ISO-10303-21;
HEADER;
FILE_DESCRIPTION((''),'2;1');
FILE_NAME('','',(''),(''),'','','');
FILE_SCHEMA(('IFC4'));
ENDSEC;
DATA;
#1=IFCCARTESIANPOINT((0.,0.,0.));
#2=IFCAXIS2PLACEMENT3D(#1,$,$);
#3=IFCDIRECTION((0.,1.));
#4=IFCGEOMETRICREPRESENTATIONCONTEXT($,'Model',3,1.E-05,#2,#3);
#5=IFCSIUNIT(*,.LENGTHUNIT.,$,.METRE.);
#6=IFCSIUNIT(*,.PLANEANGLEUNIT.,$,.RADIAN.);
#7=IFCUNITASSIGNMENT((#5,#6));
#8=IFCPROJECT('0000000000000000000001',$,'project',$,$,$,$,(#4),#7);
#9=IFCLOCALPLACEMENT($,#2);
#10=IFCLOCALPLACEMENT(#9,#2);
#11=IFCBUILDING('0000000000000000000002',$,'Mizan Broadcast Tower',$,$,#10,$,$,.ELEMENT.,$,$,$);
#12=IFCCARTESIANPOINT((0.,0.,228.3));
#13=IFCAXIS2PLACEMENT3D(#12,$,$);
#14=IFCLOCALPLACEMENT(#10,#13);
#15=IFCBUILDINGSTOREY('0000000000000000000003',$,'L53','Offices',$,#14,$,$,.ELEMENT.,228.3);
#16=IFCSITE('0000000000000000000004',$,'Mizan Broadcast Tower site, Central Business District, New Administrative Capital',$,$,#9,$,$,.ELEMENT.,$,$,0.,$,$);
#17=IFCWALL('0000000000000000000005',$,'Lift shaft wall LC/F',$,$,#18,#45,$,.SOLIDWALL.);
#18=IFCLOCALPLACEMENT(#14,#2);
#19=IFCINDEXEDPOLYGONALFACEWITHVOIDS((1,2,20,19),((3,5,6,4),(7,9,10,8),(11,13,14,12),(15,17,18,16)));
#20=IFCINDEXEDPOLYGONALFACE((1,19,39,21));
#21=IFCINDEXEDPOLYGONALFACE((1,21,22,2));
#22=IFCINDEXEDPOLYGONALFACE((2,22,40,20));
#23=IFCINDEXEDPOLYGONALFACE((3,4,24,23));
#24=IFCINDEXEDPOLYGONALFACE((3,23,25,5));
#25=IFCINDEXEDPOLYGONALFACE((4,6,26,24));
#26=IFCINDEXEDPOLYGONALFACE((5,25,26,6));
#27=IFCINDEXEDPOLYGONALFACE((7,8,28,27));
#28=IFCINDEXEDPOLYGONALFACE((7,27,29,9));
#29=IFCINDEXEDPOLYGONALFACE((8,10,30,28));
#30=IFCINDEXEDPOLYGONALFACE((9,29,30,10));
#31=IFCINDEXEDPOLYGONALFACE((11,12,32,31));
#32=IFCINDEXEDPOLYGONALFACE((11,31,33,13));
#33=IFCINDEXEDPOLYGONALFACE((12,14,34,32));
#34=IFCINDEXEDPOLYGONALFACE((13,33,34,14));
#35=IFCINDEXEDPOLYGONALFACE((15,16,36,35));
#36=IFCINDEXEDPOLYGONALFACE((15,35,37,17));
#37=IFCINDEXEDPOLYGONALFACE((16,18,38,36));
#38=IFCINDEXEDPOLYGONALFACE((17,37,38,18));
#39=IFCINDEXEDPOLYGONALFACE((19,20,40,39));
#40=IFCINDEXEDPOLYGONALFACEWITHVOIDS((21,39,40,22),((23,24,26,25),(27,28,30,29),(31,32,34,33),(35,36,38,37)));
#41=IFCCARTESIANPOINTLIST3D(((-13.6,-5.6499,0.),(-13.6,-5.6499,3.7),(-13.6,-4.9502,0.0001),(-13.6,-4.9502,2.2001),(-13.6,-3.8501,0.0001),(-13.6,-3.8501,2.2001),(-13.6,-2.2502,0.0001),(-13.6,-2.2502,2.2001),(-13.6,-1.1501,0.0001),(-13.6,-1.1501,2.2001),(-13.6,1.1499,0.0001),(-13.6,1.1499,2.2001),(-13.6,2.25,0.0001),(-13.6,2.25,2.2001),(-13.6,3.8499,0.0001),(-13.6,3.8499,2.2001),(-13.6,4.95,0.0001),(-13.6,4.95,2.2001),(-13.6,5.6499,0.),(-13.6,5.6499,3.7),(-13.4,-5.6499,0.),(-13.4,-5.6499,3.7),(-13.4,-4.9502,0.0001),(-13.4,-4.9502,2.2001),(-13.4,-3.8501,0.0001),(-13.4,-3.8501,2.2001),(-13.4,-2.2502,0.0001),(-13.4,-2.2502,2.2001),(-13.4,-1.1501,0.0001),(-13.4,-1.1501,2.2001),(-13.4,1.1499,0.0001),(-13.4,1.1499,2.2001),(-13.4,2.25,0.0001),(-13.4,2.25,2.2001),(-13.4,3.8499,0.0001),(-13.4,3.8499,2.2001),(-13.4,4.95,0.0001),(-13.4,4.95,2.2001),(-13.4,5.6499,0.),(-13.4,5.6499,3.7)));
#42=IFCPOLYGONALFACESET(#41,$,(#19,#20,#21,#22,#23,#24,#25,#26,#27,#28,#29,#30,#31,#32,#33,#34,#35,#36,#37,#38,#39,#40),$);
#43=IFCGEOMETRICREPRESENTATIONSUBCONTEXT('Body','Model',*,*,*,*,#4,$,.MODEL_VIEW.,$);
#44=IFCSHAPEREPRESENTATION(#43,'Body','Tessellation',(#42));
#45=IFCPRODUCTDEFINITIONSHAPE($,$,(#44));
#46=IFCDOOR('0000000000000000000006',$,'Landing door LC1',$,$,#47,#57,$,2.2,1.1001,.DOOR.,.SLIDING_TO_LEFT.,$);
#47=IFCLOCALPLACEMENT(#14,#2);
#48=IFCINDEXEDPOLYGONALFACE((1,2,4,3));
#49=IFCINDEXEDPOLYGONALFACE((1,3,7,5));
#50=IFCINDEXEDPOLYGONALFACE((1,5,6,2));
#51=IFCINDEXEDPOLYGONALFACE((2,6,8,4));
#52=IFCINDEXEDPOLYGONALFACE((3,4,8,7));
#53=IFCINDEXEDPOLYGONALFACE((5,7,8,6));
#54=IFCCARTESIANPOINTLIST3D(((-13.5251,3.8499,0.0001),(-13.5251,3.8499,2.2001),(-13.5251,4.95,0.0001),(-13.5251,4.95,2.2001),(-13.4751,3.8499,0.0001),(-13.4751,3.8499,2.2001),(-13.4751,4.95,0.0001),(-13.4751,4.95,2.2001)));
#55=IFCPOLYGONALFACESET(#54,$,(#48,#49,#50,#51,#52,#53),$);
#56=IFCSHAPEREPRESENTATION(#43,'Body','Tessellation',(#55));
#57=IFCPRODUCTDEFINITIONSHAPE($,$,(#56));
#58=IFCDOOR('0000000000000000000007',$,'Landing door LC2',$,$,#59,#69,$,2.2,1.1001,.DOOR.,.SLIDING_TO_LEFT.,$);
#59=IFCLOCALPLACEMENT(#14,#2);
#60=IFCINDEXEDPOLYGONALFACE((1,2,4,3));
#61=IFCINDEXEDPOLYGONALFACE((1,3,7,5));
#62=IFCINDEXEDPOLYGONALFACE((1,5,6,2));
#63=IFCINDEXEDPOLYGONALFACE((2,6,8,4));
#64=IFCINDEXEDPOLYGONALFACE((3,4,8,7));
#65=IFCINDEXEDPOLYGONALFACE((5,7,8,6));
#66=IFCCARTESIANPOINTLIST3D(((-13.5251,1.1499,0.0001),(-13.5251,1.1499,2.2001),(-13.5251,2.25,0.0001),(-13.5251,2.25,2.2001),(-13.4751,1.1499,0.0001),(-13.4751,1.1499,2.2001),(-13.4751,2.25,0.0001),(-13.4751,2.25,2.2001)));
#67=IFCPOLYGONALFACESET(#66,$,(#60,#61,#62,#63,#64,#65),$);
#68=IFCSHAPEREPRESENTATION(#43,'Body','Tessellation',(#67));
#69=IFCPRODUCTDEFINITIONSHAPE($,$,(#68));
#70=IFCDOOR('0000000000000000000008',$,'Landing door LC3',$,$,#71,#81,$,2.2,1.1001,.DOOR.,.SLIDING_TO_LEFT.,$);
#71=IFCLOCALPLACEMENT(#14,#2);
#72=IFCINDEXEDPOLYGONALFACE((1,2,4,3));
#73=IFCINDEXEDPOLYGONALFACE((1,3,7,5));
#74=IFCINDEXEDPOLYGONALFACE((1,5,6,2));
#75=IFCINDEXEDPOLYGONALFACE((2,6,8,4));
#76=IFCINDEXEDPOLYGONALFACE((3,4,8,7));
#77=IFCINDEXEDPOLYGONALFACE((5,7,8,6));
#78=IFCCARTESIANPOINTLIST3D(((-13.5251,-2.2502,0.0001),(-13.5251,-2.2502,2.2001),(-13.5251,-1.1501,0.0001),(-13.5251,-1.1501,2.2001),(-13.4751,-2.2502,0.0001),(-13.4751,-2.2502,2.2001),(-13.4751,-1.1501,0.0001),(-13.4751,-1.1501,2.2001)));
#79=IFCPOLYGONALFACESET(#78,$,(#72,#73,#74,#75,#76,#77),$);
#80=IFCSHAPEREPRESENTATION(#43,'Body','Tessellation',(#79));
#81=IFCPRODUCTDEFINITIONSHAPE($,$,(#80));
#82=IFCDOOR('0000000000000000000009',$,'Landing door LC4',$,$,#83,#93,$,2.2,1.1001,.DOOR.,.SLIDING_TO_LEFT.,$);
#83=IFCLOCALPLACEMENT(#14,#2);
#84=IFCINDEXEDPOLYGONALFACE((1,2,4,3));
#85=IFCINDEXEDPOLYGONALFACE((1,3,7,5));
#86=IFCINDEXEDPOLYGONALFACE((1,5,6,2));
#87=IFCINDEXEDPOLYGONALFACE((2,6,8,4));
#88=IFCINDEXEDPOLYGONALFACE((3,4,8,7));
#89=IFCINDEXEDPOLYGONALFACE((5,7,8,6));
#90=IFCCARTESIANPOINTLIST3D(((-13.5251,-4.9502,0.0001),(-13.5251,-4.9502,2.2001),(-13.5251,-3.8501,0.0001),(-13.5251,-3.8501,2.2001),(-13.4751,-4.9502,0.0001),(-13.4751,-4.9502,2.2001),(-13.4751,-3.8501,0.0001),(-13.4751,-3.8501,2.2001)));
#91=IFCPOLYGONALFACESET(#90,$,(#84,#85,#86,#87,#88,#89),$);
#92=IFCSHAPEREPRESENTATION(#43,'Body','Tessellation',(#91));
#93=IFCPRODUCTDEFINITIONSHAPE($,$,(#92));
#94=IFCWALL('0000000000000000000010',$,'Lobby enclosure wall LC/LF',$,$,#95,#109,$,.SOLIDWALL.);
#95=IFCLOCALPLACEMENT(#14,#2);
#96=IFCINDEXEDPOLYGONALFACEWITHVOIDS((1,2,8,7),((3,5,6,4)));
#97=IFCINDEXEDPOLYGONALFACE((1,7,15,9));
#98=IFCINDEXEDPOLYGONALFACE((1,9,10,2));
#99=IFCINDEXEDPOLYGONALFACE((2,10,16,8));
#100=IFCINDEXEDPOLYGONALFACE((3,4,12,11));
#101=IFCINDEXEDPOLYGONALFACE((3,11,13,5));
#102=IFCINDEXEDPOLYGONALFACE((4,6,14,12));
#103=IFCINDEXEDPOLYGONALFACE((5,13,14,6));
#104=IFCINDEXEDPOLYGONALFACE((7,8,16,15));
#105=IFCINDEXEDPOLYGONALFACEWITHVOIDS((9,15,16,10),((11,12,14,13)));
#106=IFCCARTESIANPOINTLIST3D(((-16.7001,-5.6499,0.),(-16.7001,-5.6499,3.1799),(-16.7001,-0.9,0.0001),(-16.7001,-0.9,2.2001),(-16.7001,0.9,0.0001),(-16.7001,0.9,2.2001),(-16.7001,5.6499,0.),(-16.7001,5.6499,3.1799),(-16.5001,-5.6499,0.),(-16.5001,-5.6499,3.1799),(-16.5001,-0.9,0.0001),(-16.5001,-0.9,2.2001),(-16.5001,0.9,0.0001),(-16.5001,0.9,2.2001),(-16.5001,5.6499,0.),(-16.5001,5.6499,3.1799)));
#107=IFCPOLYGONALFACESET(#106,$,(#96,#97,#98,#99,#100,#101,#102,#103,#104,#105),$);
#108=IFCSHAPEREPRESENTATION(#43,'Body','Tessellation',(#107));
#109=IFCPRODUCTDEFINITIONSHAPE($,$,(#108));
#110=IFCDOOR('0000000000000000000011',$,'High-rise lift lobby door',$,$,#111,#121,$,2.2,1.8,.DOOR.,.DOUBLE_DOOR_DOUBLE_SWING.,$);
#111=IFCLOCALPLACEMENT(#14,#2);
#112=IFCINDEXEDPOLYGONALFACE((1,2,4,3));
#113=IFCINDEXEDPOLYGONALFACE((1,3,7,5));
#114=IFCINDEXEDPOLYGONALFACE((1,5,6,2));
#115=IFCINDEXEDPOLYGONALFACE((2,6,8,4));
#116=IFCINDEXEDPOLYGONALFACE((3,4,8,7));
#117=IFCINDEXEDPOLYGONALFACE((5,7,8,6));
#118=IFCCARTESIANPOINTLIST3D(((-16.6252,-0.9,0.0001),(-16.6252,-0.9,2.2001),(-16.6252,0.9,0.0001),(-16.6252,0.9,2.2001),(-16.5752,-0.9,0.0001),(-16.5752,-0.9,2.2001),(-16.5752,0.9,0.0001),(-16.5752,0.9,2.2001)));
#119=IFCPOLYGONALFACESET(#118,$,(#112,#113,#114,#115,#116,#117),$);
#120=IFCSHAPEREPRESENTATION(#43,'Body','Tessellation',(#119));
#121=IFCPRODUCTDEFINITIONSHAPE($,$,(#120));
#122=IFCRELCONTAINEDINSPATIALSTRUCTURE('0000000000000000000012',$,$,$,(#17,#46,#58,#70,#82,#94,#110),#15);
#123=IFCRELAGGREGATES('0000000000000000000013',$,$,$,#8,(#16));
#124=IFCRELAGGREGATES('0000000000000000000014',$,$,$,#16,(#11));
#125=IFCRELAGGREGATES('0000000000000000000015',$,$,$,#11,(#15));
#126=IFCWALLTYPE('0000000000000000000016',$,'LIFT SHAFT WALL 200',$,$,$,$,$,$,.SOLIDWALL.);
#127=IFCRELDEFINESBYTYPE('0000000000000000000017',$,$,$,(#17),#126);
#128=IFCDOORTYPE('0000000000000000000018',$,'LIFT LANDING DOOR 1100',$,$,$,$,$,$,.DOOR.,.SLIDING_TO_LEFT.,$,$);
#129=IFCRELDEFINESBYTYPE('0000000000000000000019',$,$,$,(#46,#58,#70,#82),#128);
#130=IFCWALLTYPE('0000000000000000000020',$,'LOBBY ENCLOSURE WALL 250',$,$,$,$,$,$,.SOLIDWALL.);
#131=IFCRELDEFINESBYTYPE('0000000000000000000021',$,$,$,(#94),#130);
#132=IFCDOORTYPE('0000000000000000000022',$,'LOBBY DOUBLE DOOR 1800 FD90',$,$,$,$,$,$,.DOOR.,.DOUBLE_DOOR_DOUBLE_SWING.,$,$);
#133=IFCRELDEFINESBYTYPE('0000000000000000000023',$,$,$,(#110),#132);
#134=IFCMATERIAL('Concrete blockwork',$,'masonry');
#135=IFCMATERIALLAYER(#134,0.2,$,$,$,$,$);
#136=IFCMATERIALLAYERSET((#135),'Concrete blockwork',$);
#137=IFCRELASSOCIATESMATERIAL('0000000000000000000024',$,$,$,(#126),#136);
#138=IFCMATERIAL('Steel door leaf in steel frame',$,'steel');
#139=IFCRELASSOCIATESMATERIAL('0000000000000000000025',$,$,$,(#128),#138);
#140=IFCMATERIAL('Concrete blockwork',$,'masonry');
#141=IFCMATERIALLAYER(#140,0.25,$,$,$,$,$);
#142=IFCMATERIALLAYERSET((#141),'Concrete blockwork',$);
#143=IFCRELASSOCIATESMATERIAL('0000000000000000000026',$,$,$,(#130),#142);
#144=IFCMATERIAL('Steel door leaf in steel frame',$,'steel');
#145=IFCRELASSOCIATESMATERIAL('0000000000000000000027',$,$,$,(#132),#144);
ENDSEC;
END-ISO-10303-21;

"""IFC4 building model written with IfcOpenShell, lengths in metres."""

from ifc_helpers import new_model, si_unit, direction, frame, frame_2d, origin, place, context, subcontext, project, spatial, rectangle, extrude, material, layer, layer_set, type_object, element, fill, save


model = new_model("IFC4")

# Units and contexts
model_context = context("Model", 3, precision=1e-05, world=origin(), true_north=direction((0.0, 1.0)))
body_context = subcontext(model_context, "Body", "Model", "MODEL_VIEW")
ifc_project = project(units=[si_unit("LENGTHUNIT", "METRE"), si_unit("PLANEANGLEUNIT", "RADIAN")], contexts=[model_context])

# Site, building, storey
site_placement = place(None, origin())
site = spatial("IfcSite", under=ifc_project, at=site_placement, Name="Mizan Broadcast Tower site, Central Business District, New Administrative Capital", CompositionType="ELEMENT", RefElevation=0.0)
building_placement = place(site_placement, origin())
building = spatial("IfcBuilding", under=site, at=building_placement, Name="Mizan Broadcast Tower", CompositionType="ELEMENT")
storey_placement = place(building_placement, frame((0.0, 0.0, 228.3)))
storey = spatial("IfcBuildingStorey", under=building, at=storey_placement, Name="L53", Description="Offices", CompositionType="ELEMENT", Elevation=228.3)

# Wall, openings, doors
ifc_material_1 = material(Name="Concrete blockwork", Category="masonry")
ifc_layer_1 = layer(ifc_material_1, 0.2)
ifc_layer_set_1 = layer_set([ifc_layer_1], Name="Concrete blockwork")
wall_type_1 = type_object("IfcWallType", Name="LIFT SHAFT WALL 200", PredefinedType="SOLIDWALL", material=ifc_layer_set_1)
wall_1_placement = place(storey_placement, frame((-13.5, 5.6499, 0.0), z_axis=(0.0, 0.0, 1.0), x_axis=(0.0, -1.0, 0.0)))
wall_1 = element("IfcWall", 1, at=wall_1_placement, inside=storey, type_object=wall_type_1, Name="Lift shaft wall LC/F", PredefinedType="SOLIDWALL", context=body_context, shape_type="SweptSolid", body=[
    extrude(rectangle(XDim=11.2998, YDim=0.2, at=frame_2d((5.6499, 0.0))), origin(), (0.0, 0.0, 1.0), 3.7),
])
opening_1_placement = place(wall_1_placement, frame((0.7, 0.0, 0.0)))
opening_1 = element("IfcOpeningElement", 2, at=opening_1_placement, cuts=wall_1, PredefinedType="OPENING", context=body_context, shape_type="SweptSolid", body=[
    extrude(rectangle(XDim=1.1001, YDim=2.2, at=frame_2d((0.55, 1.1001))), frame((0.0, 0.1099, 0.0), z_axis=(0.0, -1.0, 0.0), x_axis=(1.0, 0.0, 0.0)), (0.0, 0.0, 1.0), 0.22),
])
opening_2_placement = place(wall_1_placement, frame((3.3999, 0.0, 0.0)))
opening_2 = element("IfcOpeningElement", 3, at=opening_2_placement, cuts=wall_1, PredefinedType="OPENING", context=body_context, shape_type="SweptSolid", body=[
    extrude(rectangle(XDim=1.1001, YDim=2.2, at=frame_2d((0.55, 1.1001))), frame((0.0, 0.1099, 0.0), z_axis=(0.0, -1.0, 0.0), x_axis=(1.0, 0.0, 0.0)), (0.0, 0.0, 1.0), 0.22),
])
opening_3_placement = place(wall_1_placement, frame((6.8, 0.0, 0.0)))
opening_3 = element("IfcOpeningElement", 4, at=opening_3_placement, cuts=wall_1, PredefinedType="OPENING", context=body_context, shape_type="SweptSolid", body=[
    extrude(rectangle(XDim=1.1001, YDim=2.2, at=frame_2d((0.55, 1.1001))), frame((0.0, 0.1099, 0.0), z_axis=(0.0, -1.0, 0.0), x_axis=(1.0, 0.0, 0.0)), (0.0, 0.0, 1.0), 0.22),
])
opening_4_placement = place(wall_1_placement, frame((9.5, 0.0, 0.0)))
opening_4 = element("IfcOpeningElement", 5, at=opening_4_placement, cuts=wall_1, PredefinedType="OPENING", context=body_context, shape_type="SweptSolid", body=[
    extrude(rectangle(XDim=1.1001, YDim=2.2, at=frame_2d((0.55, 1.1001))), frame((0.0, 0.1099, 0.0), z_axis=(0.0, -1.0, 0.0), x_axis=(1.0, 0.0, 0.0)), (0.0, 0.0, 1.0), 0.22),
])
ifc_material_2 = material(Name="Steel door leaf in steel frame", Category="steel")
door_type_1 = type_object("IfcDoorType", Name="LIFT LANDING DOOR 1100", OperationType="SLIDING_TO_LEFT", PredefinedType="DOOR", material=ifc_material_2)
door_1_placement = place(opening_1_placement, origin())
door_1 = element("IfcDoor", 6, at=door_1_placement, inside=storey, type_object=door_type_1, Name="Landing door LC1", OperationType="SLIDING_TO_LEFT", OverallHeight=2.2, OverallWidth=1.1001, PredefinedType="DOOR", context=body_context, shape_type="SweptSolid", body=[
    extrude(rectangle(XDim=1.1001, YDim=2.2, at=frame_2d((0.55, 1.1001))), frame((0.0, 0.0249, 0.0), z_axis=(0.0, -1.0, 0.0), x_axis=(1.0, 0.0, 0.0)), (0.0, 0.0, 1.0), 0.05),
])
fill(opening_1, door_1)
door_2_placement = place(opening_2_placement, origin())
door_2 = element("IfcDoor", 7, at=door_2_placement, inside=storey, type_object=door_type_1, Name="Landing door LC2", OperationType="SLIDING_TO_LEFT", OverallHeight=2.2, OverallWidth=1.1001, PredefinedType="DOOR", context=body_context, shape_type="SweptSolid", body=[
    extrude(rectangle(XDim=1.1001, YDim=2.2, at=frame_2d((0.55, 1.1001))), frame((0.0, 0.0249, 0.0), z_axis=(0.0, -1.0, 0.0), x_axis=(1.0, 0.0, 0.0)), (0.0, 0.0, 1.0), 0.05),
])
fill(opening_2, door_2)
door_3_placement = place(opening_3_placement, origin())
door_3 = element("IfcDoor", 8, at=door_3_placement, inside=storey, type_object=door_type_1, Name="Landing door LC3", OperationType="SLIDING_TO_LEFT", OverallHeight=2.2, OverallWidth=1.1001, PredefinedType="DOOR", context=body_context, shape_type="SweptSolid", body=[
    extrude(rectangle(XDim=1.1001, YDim=2.2, at=frame_2d((0.55, 1.1001))), frame((0.0, 0.0249, 0.0), z_axis=(0.0, -1.0, 0.0), x_axis=(1.0, 0.0, 0.0)), (0.0, 0.0, 1.0), 0.05),
])
fill(opening_3, door_3)
door_4_placement = place(opening_4_placement, origin())
door_4 = element("IfcDoor", 9, at=door_4_placement, inside=storey, type_object=door_type_1, Name="Landing door LC4", OperationType="SLIDING_TO_LEFT", OverallHeight=2.2, OverallWidth=1.1001, PredefinedType="DOOR", context=body_context, shape_type="SweptSolid", body=[
    extrude(rectangle(XDim=1.1001, YDim=2.2, at=frame_2d((0.55, 1.1001))), frame((0.0, 0.0249, 0.0), z_axis=(0.0, -1.0, 0.0), x_axis=(1.0, 0.0, 0.0)), (0.0, 0.0, 1.0), 0.05),
])
fill(opening_4, door_4)

# Wall, opening, door
ifc_material_3 = material(Name="Concrete blockwork", Category="masonry")
ifc_layer_2 = layer(ifc_material_3, 0.25)
ifc_layer_set_2 = layer_set([ifc_layer_2], Name="Concrete blockwork")
wall_type_2 = type_object("IfcWallType", Name="LOBBY ENCLOSURE WALL 250", PredefinedType="SOLIDWALL", material=ifc_layer_set_2)
wall_2_placement = place(storey_placement, frame((-16.6001, 5.6499, 0.0), z_axis=(0.0, 0.0, 1.0), x_axis=(0.0, -1.0, 0.0)))
wall_2 = element("IfcWall", 10, at=wall_2_placement, inside=storey, type_object=wall_type_2, Name="Lobby enclosure wall LC/LF", PredefinedType="SOLIDWALL", context=body_context, shape_type="SweptSolid", body=[
    extrude(rectangle(XDim=11.2998, YDim=0.2, at=frame_2d((5.6499, 0.0))), origin(), (0.0, 0.0, 1.0), 3.1799),
])
opening_5_placement = place(wall_2_placement, frame((4.75, 0.0, 0.0)))
opening_5 = element("IfcOpeningElement", 11, at=opening_5_placement, cuts=wall_2, PredefinedType="OPENING", context=body_context, shape_type="SweptSolid", body=[
    extrude(rectangle(XDim=1.8, YDim=2.2, at=frame_2d((0.8999, 1.1001))), frame((0.0, 0.1099, 0.0), z_axis=(0.0, -1.0, 0.0), x_axis=(1.0, 0.0, 0.0)), (0.0, 0.0, 1.0), 0.22),
])
ifc_material_4 = material(Name="Steel door leaf in steel frame", Category="steel")
door_type_2 = type_object("IfcDoorType", Name="LOBBY DOUBLE DOOR 1800 FD90", OperationType="DOUBLE_DOOR_DOUBLE_SWING", PredefinedType="DOOR", material=ifc_material_4)
door_5_placement = place(opening_5_placement, origin())
door_5 = element("IfcDoor", 12, at=door_5_placement, inside=storey, type_object=door_type_2, Name="High-rise lift lobby door", OperationType="DOUBLE_DOOR_DOUBLE_SWING", OverallHeight=2.2, OverallWidth=1.8, PredefinedType="DOOR", context=body_context, shape_type="SweptSolid", body=[
    extrude(rectangle(XDim=1.8, YDim=2.2, at=frame_2d((0.8999, 1.1001))), frame((0.0, 0.0249, 0.0), z_axis=(0.0, -1.0, 0.0), x_axis=(1.0, 0.0, 0.0)), (0.0, 0.0, 1.0), 0.05),
])
fill(opening_5, door_5)

save(model, "model.ifc")
